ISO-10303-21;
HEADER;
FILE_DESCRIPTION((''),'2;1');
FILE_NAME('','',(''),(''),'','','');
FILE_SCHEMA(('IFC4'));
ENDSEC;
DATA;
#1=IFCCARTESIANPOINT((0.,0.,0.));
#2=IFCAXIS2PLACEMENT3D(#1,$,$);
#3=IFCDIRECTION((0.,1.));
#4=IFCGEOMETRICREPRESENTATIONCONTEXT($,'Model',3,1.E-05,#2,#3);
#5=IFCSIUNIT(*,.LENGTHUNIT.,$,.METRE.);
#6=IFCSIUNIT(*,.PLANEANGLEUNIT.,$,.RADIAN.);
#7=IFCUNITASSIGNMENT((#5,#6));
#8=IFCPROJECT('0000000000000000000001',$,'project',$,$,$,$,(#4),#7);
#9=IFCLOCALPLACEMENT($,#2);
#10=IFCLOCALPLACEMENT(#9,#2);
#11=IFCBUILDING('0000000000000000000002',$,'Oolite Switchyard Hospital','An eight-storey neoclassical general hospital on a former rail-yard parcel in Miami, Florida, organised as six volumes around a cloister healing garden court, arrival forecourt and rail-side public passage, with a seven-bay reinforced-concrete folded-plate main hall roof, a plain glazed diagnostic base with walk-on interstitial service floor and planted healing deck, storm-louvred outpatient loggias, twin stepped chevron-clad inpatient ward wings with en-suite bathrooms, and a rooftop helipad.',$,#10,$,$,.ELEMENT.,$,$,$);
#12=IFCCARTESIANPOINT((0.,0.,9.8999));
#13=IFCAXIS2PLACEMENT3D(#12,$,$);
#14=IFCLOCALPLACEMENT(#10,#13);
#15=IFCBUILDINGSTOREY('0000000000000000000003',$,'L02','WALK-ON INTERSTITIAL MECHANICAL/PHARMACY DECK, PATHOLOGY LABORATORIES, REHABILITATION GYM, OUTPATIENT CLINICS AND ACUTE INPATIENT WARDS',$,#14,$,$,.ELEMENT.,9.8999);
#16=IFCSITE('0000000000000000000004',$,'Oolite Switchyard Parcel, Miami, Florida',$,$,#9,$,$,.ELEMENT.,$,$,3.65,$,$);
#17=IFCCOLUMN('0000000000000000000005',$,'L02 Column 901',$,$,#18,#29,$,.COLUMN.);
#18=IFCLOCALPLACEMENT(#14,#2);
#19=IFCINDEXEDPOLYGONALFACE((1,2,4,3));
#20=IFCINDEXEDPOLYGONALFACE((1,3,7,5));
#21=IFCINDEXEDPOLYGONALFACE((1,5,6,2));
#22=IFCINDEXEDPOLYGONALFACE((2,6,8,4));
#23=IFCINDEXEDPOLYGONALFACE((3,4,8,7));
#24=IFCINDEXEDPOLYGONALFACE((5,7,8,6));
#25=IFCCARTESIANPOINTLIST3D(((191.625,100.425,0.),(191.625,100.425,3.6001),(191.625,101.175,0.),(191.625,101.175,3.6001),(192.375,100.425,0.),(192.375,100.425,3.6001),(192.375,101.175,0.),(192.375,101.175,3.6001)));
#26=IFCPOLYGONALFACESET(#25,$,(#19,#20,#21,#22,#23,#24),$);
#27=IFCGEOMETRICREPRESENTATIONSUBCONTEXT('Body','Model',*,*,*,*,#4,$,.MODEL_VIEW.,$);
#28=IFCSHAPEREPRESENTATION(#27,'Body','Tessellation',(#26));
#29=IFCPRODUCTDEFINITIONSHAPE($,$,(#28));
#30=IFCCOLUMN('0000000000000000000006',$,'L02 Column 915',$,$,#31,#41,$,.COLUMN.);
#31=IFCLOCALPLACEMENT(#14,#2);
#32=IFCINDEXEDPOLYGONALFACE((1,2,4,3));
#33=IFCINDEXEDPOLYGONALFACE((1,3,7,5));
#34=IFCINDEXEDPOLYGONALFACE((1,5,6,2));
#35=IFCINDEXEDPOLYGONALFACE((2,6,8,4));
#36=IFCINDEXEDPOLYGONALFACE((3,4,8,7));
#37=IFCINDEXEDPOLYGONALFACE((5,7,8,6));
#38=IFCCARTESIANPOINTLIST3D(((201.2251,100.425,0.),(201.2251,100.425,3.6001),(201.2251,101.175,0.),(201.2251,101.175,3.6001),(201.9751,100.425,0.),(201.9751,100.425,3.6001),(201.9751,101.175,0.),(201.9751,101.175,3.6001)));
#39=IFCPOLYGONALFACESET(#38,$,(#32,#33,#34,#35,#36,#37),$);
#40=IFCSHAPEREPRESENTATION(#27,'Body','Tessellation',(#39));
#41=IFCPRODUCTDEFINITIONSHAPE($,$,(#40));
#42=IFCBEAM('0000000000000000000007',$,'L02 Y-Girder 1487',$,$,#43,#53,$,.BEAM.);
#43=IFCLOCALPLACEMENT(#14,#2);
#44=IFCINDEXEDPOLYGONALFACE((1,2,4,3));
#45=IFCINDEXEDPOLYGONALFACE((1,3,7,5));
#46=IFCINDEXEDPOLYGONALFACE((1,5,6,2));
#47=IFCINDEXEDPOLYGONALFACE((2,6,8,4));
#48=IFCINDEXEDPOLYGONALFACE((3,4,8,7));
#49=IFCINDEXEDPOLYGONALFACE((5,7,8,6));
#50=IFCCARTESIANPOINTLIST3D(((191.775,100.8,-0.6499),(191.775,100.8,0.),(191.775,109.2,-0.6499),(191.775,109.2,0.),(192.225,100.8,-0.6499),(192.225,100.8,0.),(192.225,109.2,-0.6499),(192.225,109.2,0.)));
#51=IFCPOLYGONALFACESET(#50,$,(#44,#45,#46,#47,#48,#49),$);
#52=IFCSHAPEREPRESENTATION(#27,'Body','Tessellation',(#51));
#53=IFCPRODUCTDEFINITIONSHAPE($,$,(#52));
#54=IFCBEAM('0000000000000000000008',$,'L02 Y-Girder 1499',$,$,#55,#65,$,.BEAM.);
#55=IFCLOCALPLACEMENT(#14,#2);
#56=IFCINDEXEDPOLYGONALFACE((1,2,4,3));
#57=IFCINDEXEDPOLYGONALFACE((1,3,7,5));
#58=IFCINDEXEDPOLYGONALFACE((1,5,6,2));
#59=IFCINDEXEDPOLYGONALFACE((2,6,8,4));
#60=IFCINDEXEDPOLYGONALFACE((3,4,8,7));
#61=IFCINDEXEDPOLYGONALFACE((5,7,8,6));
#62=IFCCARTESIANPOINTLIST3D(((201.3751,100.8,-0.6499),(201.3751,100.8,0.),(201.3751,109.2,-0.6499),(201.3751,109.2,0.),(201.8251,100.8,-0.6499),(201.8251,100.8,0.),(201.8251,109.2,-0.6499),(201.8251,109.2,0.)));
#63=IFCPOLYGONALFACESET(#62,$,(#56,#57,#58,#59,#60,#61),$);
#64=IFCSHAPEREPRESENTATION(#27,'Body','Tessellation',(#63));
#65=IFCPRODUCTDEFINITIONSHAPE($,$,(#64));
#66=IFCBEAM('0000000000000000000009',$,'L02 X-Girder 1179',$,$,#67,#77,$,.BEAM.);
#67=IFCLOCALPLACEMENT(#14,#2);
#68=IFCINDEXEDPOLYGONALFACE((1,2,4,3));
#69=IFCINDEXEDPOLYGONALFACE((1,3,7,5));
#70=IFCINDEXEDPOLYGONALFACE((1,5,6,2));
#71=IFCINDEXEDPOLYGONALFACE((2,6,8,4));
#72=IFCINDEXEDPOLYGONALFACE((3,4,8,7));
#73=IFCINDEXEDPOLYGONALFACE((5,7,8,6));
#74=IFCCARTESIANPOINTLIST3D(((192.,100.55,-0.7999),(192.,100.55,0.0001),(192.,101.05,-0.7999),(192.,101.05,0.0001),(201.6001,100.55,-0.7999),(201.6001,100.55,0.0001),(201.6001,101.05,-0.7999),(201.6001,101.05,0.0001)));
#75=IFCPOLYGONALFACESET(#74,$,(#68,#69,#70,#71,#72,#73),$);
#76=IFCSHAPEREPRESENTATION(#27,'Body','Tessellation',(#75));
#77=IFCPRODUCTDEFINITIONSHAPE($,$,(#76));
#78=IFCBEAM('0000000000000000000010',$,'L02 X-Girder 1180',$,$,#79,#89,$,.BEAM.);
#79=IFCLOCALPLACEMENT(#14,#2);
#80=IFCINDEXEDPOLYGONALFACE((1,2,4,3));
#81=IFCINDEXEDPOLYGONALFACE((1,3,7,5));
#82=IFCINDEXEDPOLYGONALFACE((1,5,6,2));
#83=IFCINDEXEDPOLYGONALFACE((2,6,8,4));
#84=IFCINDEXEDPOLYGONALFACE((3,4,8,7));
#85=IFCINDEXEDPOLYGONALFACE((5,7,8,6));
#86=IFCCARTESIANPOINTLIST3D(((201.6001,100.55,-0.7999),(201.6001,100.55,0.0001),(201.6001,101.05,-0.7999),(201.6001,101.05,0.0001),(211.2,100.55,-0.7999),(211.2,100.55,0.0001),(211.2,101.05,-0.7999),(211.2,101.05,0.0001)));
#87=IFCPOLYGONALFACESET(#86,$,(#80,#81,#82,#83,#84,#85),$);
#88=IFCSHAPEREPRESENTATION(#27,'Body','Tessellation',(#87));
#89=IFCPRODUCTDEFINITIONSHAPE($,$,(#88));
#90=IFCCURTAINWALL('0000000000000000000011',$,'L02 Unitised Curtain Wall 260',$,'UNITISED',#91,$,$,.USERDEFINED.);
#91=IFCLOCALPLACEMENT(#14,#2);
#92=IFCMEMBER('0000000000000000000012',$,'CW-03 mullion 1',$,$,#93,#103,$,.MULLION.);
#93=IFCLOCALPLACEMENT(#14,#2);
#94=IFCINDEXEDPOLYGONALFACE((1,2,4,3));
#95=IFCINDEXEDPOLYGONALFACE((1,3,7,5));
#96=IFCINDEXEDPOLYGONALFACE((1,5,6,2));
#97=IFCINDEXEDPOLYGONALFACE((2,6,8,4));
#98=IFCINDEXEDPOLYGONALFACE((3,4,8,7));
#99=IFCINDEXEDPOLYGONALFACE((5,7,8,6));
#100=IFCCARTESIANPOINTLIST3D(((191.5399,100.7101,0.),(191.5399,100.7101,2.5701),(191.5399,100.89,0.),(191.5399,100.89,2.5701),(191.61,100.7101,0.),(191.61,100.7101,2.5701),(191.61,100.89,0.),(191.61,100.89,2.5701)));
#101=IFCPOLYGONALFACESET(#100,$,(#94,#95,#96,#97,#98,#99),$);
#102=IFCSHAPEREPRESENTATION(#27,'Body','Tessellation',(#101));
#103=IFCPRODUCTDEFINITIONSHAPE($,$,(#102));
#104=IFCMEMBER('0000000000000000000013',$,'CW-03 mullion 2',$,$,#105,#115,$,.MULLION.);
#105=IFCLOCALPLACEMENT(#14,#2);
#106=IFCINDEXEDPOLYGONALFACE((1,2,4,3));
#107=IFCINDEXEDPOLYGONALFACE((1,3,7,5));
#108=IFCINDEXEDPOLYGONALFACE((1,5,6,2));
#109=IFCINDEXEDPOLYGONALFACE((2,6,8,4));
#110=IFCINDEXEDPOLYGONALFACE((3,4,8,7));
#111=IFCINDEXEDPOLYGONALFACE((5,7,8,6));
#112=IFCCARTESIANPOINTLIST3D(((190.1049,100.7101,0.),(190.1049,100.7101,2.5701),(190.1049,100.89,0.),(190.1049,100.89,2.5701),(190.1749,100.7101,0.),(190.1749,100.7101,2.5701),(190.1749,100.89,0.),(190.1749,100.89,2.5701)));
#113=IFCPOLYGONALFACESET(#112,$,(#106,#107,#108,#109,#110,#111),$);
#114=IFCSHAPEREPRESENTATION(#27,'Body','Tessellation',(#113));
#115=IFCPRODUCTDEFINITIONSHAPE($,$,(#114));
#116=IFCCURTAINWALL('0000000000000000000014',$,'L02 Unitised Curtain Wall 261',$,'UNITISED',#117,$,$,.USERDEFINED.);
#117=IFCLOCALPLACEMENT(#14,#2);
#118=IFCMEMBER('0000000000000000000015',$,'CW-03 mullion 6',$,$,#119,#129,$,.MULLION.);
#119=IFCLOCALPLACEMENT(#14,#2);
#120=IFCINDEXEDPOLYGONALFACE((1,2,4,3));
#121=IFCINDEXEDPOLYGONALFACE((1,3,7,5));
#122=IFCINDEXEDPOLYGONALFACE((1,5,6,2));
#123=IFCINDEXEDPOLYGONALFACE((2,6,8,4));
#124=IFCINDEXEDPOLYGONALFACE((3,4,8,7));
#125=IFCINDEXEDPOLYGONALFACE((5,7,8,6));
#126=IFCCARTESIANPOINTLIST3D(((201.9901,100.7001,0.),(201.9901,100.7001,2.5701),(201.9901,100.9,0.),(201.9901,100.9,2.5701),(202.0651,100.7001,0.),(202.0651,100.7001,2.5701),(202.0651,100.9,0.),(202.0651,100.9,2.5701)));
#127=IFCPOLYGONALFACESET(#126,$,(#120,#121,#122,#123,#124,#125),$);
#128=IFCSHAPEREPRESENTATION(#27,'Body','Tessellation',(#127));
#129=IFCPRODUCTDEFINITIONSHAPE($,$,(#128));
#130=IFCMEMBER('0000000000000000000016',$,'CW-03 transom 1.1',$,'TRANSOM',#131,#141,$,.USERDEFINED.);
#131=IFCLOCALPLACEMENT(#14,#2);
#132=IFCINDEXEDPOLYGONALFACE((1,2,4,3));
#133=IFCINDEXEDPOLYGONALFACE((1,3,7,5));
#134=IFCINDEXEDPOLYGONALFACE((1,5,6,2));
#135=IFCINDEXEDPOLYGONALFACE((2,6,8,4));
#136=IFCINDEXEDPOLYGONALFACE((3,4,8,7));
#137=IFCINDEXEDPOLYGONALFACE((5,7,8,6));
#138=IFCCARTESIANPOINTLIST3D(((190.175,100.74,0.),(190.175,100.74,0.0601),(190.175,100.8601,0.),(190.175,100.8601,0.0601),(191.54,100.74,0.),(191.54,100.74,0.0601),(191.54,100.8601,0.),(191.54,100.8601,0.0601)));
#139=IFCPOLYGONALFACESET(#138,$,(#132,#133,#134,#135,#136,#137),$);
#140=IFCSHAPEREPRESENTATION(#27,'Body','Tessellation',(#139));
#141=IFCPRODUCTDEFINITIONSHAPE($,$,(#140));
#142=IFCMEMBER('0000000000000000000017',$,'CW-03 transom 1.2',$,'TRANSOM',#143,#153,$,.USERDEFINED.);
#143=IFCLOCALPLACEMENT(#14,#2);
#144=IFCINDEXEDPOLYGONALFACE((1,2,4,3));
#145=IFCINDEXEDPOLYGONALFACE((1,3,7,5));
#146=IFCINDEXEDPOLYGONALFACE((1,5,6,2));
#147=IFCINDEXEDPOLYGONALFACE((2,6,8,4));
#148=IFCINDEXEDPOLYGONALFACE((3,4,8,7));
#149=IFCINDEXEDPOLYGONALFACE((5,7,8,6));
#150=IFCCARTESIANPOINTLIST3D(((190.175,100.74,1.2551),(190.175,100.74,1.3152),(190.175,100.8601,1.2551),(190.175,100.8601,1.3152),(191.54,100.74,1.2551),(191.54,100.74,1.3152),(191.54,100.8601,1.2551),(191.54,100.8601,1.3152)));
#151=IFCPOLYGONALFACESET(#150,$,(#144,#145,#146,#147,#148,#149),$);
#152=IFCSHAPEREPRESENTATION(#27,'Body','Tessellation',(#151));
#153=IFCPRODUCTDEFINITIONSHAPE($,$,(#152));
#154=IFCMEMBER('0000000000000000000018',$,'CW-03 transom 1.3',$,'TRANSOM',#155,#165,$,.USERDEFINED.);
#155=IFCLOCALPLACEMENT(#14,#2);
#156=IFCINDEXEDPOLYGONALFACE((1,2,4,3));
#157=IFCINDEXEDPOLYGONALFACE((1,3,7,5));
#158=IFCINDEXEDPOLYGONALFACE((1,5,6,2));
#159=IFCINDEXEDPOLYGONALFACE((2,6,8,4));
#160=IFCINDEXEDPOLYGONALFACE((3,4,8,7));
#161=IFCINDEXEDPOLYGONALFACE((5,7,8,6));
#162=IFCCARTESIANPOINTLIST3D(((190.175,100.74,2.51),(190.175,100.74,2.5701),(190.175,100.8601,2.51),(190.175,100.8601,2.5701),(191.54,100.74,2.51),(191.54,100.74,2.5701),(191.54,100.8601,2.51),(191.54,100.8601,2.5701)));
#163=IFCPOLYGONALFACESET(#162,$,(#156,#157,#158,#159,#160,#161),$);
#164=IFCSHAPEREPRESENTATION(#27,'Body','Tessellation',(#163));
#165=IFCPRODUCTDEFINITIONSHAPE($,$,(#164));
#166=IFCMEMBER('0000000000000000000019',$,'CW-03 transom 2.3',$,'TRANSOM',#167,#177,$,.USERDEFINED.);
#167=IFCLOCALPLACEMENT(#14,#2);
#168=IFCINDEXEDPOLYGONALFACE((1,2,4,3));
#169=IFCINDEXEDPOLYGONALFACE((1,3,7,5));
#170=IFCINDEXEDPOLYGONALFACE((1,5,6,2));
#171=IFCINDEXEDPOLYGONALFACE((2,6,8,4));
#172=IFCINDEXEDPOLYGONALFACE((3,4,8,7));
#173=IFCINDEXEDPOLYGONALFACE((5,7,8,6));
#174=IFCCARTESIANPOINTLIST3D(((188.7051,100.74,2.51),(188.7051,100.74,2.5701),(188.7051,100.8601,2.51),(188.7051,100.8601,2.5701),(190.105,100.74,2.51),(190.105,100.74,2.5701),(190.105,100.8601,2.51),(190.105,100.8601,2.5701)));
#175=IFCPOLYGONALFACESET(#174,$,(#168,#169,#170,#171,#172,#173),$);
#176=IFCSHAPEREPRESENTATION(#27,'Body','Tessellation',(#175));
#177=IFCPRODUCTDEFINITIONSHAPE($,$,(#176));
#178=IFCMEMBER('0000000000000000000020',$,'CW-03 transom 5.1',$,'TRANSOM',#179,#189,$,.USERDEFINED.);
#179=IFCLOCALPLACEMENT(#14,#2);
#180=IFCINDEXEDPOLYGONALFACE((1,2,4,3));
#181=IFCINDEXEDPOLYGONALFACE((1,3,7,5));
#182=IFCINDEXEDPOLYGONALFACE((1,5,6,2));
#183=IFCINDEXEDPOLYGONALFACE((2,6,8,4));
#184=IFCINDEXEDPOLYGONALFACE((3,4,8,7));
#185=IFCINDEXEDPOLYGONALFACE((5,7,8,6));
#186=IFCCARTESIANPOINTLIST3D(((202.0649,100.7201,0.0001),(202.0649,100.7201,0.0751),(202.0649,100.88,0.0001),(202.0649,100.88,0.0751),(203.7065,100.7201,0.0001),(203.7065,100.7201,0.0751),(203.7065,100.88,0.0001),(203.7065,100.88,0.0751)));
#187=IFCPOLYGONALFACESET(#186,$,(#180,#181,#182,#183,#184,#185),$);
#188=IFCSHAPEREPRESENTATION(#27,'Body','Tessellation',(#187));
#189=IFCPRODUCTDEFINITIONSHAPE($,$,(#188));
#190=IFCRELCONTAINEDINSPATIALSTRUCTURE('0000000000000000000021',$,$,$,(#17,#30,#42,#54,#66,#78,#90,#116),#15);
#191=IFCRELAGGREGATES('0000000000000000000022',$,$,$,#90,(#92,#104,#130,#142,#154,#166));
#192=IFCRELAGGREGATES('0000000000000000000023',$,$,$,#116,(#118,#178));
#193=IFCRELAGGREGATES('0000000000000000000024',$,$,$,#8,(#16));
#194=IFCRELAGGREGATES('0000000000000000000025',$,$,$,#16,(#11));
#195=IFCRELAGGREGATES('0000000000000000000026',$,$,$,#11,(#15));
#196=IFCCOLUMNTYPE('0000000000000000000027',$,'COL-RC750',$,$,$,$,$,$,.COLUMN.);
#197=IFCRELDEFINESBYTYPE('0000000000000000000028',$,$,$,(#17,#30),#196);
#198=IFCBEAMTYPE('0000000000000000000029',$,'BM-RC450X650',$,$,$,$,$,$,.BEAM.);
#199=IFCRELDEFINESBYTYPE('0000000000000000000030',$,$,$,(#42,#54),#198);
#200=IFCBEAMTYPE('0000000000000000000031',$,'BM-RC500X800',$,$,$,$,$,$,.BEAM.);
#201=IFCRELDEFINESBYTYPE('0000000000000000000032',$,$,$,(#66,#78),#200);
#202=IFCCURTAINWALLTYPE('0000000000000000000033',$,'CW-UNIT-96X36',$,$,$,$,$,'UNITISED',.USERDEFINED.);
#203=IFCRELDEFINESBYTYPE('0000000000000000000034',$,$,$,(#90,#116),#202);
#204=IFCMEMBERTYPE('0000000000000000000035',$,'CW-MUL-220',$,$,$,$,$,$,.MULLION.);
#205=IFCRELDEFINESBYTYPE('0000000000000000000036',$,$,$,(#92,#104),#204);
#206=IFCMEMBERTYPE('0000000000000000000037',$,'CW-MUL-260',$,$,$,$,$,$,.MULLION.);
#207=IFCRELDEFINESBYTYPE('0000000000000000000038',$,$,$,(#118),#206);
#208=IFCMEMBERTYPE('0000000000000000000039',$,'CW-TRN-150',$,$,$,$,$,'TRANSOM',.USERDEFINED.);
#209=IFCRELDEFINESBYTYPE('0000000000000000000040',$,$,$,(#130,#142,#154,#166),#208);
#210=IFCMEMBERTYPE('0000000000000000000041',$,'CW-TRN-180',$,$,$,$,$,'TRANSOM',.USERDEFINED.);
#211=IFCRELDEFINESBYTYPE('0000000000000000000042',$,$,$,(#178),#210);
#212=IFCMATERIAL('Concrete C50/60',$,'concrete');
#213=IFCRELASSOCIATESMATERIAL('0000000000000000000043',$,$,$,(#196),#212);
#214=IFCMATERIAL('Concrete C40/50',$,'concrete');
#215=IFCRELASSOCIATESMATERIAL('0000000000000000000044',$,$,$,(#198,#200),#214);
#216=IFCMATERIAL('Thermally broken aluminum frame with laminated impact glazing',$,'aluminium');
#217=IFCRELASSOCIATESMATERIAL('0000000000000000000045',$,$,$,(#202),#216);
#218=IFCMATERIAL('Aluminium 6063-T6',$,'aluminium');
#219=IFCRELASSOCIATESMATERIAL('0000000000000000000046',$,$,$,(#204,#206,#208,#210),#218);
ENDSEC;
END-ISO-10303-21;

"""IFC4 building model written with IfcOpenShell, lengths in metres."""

from ifc_helpers import new_model, si_unit, direction, frame, origin, origin_2d, place, context, subcontext, project, spatial, rectangle, extrude, material, material_profile, profile_set, type_object, element, aggregate, save


model = new_model("IFC4")

# Units and contexts
model_context = context("Model", 3, precision=1e-05, world=origin(), true_north=direction((0.0, 1.0)))
body_context = subcontext(model_context, "Body", "Model", "MODEL_VIEW")
ifc_project = project(units=[si_unit("LENGTHUNIT", "METRE"), si_unit("PLANEANGLEUNIT", "RADIAN")], contexts=[model_context])

# Site, building, storey
site_placement = place(None, origin())
site = spatial("IfcSite", under=ifc_project, at=site_placement, Name="Oolite Switchyard Parcel, Miami, Florida", CompositionType="ELEMENT", RefElevation=3.65)
building_placement = place(site_placement, origin())
building = spatial("IfcBuilding", under=site, at=building_placement, Name="Oolite Switchyard Hospital", Description="An eight-storey neoclassical general hospital on a former rail-yard parcel in Miami, Florida, organised as six volumes around a cloister healing garden court, arrival forecourt and rail-side public passage, with a seven-bay reinforced-concrete folded-plate main hall roof, a plain glazed diagnostic base with walk-on interstitial service floor and planted healing deck, storm-louvred outpatient loggias, twin stepped chevron-clad inpatient ward wings with en-suite bathrooms, and a rooftop helipad.", CompositionType="ELEMENT")
storey_placement = place(building_placement, frame((0.0, 0.0, 9.8999)))
storey = spatial("IfcBuildingStorey", under=building, at=storey_placement, Name="L02", Description="WALK-ON INTERSTITIAL MECHANICAL/PHARMACY DECK, PATHOLOGY LABORATORIES, REHABILITATION GYM, OUTPATIENT CLINICS AND ACUTE INPATIENT WARDS", CompositionType="ELEMENT", Elevation=9.8999)

# Columns
ifc_material_1 = material(Name="Concrete C50/60", Category="concrete")
ifc_material_profile_1 = material_profile(ifc_material_1, rectangle(XDim=0.75, YDim=0.75, at=origin_2d()), Name="RC750X750")
ifc_profile_set_1 = profile_set([ifc_material_profile_1], Name="Concrete C50/60")
column_type = type_object("IfcColumnType", Name="COL-RC750", PredefinedType="COLUMN", material=ifc_profile_set_1)
for number, where, z_axis, x_axis, name in (
    (1, (192.0, 100.8, 0.0), (0.0, 0.0, 1.0), (1.0, 0.0, 0.0), "L02 Column 901"),
    (2, (201.6001, 100.8, 0.0), (0.0, 0.0, 1.0), (1.0, 0.0, 0.0), "L02 Column 915"),
):
    element("IfcColumn", number, at=place(storey_placement, frame(where, z_axis=z_axis, x_axis=x_axis)), inside=storey, type_object=column_type, Name=name, PredefinedType="COLUMN", context=body_context, shape_type="SweptSolid", body=[
        extrude(rectangle(XDim=0.75, YDim=0.75, at=origin_2d()), origin(), (0.0, 0.0, 1.0), 3.6001),
    ])

# Beams
ifc_material_2 = material(Name="Concrete C40/50", Category="concrete")
ifc_material_profile_2 = material_profile(ifc_material_2, rectangle(XDim=0.45, YDim=0.6499, at=origin_2d()), Name="RCB450X650")
ifc_profile_set_2 = profile_set([ifc_material_profile_2], Name="Concrete C40/50")
beam_type_1 = type_object("IfcBeamType", Name="BM-RC450X650", PredefinedType="BEAM", material=ifc_profile_set_2)
for number, where, z_axis, x_axis, name in (
    (3, (192.0, 100.8, -0.325), (0.0, 1.0, 0.0), (-1.0, 0.0, 0.0), "L02 Y-Girder 1487"),
    (4, (201.6001, 100.8, -0.325), (0.0, 1.0, 0.0), (-1.0, 0.0, 0.0), "L02 Y-Girder 1499"),
):
    element("IfcBeam", number, at=place(storey_placement, frame(where, z_axis=z_axis, x_axis=x_axis)), inside=storey, type_object=beam_type_1, Name=name, PredefinedType="BEAM", context=body_context, shape_type="SweptSolid", body=[
        extrude(rectangle(XDim=0.45, YDim=0.6499, at=origin_2d()), origin(), (0.0, 0.0, 1.0), 8.3999),
    ])
ifc_material_profile_3 = material_profile(ifc_material_2, rectangle(XDim=0.5, YDim=0.8, at=origin_2d()), Name="RCB500X800")
ifc_profile_set_3 = profile_set([ifc_material_profile_3], Name="Concrete C40/50")
beam_type_2 = type_object("IfcBeamType", Name="BM-RC500X800", PredefinedType="BEAM", material=ifc_profile_set_3)
beam_1_placement = place(storey_placement, frame((192.0, 100.8, -0.3999), z_axis=(1.0, 0.0, 0.0), x_axis=(0.0, 1.0, 0.0)))
element("IfcBeam", 5, at=beam_1_placement, inside=storey, type_object=beam_type_2, Name="L02 X-Girder 1179", PredefinedType="BEAM", context=body_context, shape_type="SweptSolid", body=[
    extrude(rectangle(XDim=0.5, YDim=0.8, at=origin_2d()), origin(), (0.0, 0.0, 1.0), 9.6001),
])
beam_2_placement = place(storey_placement, frame((201.6001, 100.8, -0.3999), z_axis=(1.0, 0.0, 0.0), x_axis=(0.0, 1.0, 0.0)))
element("IfcBeam", 6, at=beam_2_placement, inside=storey, type_object=beam_type_2, Name="L02 X-Girder 1180", PredefinedType="BEAM", context=body_context, shape_type="SweptSolid", body=[
    extrude(rectangle(XDim=0.5, YDim=0.8, at=origin_2d()), origin(), (0.0, 0.0, 1.0), 9.5999),
])

# Curtain wall, members
ifc_material_3 = material(Name="Thermally broken aluminum frame with laminated impact glazing", Category="aluminium")
curtain_wall_type = type_object("IfcCurtainWallType", Name="CW-UNIT-96X36", ElementType="UNITISED", PredefinedType="USERDEFINED", material=ifc_material_3)
curtain_wall_1_placement = place(storey_placement, origin())
curtain_wall_1 = element("IfcCurtainWall", 7, at=curtain_wall_1_placement, inside=storey, type_object=curtain_wall_type, Name="L02 Unitised Curtain Wall 260", ObjectType="UNITISED", PredefinedType="USERDEFINED")
ifc_material_4 = material(Name="Aluminium 6063-T6", Category="aluminium")
ifc_material_profile_4 = material_profile(ifc_material_4, rectangle(XDim=0.1799, YDim=0.0701, at=origin_2d()), Name="CWM70X180")
ifc_profile_set_4 = profile_set([ifc_material_profile_4], Name="Aluminium 6063-T6")
member_type_1 = type_object("IfcMemberType", Name="CW-MUL-220", PredefinedType="MULLION", material=ifc_profile_set_4)
member_1_placement = place(storey_placement, frame((191.575, 100.8, 0.0), z_axis=(0.0, 0.0, 1.0), x_axis=(0.0, -1.0, 0.0)))
member_1 = element("IfcMember", 8, at=member_1_placement, type_object=member_type_1, Name="CW-03 mullion 1", PredefinedType="MULLION", context=body_context, shape_type="SweptSolid", body=[
    extrude(rectangle(XDim=0.1799, YDim=0.0701, at=origin_2d()), origin(), (0.0, 0.0, 1.0), 2.5701),
])
member_2_placement = place(storey_placement, frame((190.1399, 100.8, 0.0), z_axis=(0.0, 0.0, 1.0), x_axis=(0.0, -1.0, 0.0)))
member_2 = element("IfcMember", 9, at=member_2_placement, type_object=member_type_1, Name="CW-03 mullion 2", PredefinedType="MULLION", context=body_context, shape_type="SweptSolid", body=[
    extrude(rectangle(XDim=0.1799, YDim=0.0701, at=origin_2d()), origin(), (0.0, 0.0, 1.0), 2.5701),
])

# Curtain wall, member
curtain_wall_2_placement = place(storey_placement, origin())
curtain_wall_2 = element("IfcCurtainWall", 10, at=curtain_wall_2_placement, inside=storey, type_object=curtain_wall_type, Name="L02 Unitised Curtain Wall 261", ObjectType="UNITISED", PredefinedType="USERDEFINED")
ifc_material_profile_5 = material_profile(ifc_material_4, rectangle(XDim=0.2, YDim=0.075, at=origin_2d()), Name="CWM75X200")
ifc_profile_set_5 = profile_set([ifc_material_profile_5], Name="Aluminium 6063-T6")
member_type_2 = type_object("IfcMemberType", Name="CW-MUL-260", PredefinedType="MULLION", material=ifc_profile_set_5)
member_3_placement = place(storey_placement, frame((202.0276, 100.8, 0.0), z_axis=(0.0, 0.0, 1.0), x_axis=(0.0, -1.0, 0.0)))
member_3 = element("IfcMember", 11, at=member_3_placement, type_object=member_type_2, Name="CW-03 mullion 6", PredefinedType="MULLION", context=body_context, shape_type="SweptSolid", body=[
    extrude(rectangle(XDim=0.2, YDim=0.075, at=origin_2d()), origin(), (0.0, 0.0, 1.0), 2.5701),
])

# Members
ifc_material_profile_6 = material_profile(ifc_material_4, rectangle(XDim=0.1201, YDim=0.0601, at=origin_2d()), Name="CWT60X120")
ifc_profile_set_6 = profile_set([ifc_material_profile_6], Name="Aluminium 6063-T6")
member_type_3 = type_object("IfcMemberType", Name="CW-TRN-150", ElementType="TRANSOM", PredefinedType="USERDEFINED", material=ifc_profile_set_6)
member_4_placement = place(storey_placement, frame((191.54, 100.8, 0.03), z_axis=(-1.0, 0.0, 0.0), x_axis=(0.0, -1.0, 0.0)))
member_4 = element("IfcMember", 12, at=member_4_placement, type_object=member_type_3, Name="CW-03 transom 1.1", ObjectType="TRANSOM", PredefinedType="USERDEFINED", context=body_context, shape_type="SweptSolid", body=[
    extrude(rectangle(XDim=0.1201, YDim=0.0601, at=origin_2d()), origin(), (0.0, 0.0, 1.0), 1.365),
])
member_5_placement = place(storey_placement, frame((191.54, 100.8, 1.2852), z_axis=(-1.0, 0.0, 0.0), x_axis=(0.0, -1.0, 0.0)))
member_5 = element("IfcMember", 13, at=member_5_placement, type_object=member_type_3, Name="CW-03 transom 1.2", ObjectType="TRANSOM", PredefinedType="USERDEFINED", context=body_context, shape_type="SweptSolid", body=[
    extrude(rectangle(XDim=0.1201, YDim=0.0601, at=origin_2d()), origin(), (0.0, 0.0, 1.0), 1.365),
])
member_6_placement = place(storey_placement, frame((191.54, 100.8, 2.54), z_axis=(-1.0, 0.0, 0.0), x_axis=(0.0, -1.0, 0.0)))
member_6 = element("IfcMember", 14, at=member_6_placement, type_object=member_type_3, Name="CW-03 transom 1.3", ObjectType="TRANSOM", PredefinedType="USERDEFINED", context=body_context, shape_type="SweptSolid", body=[
    extrude(rectangle(XDim=0.1201, YDim=0.0601, at=origin_2d()), origin(), (0.0, 0.0, 1.0), 1.365),
])
member_7_placement = place(storey_placement, frame((190.105, 100.8, 2.54), z_axis=(-1.0, 0.0, 0.0), x_axis=(0.0, -1.0, 0.0)))
member_7 = element("IfcMember", 15, at=member_7_placement, type_object=member_type_3, Name="CW-03 transom 2.3", ObjectType="TRANSOM", PredefinedType="USERDEFINED", context=body_context, shape_type="SweptSolid", body=[
    extrude(rectangle(XDim=0.1201, YDim=0.0601, at=origin_2d()), origin(), (0.0, 0.0, 1.0), 1.3999),
])
ifc_material_profile_7 = material_profile(ifc_material_4, rectangle(XDim=0.1599, YDim=0.075, at=origin_2d()), Name="CWT75X160")
ifc_profile_set_7 = profile_set([ifc_material_profile_7], Name="Aluminium 6063-T6")
member_type_4 = type_object("IfcMemberType", Name="CW-TRN-180", ElementType="TRANSOM", PredefinedType="USERDEFINED", material=ifc_profile_set_7)
member_8_placement = place(storey_placement, frame((203.7065, 100.8, 0.0376), z_axis=(-1.0, 0.0, 0.0), x_axis=(0.0, -1.0, 0.0)))
member_8 = element("IfcMember", 16, at=member_8_placement, type_object=member_type_4, Name="CW-03 transom 5.1", ObjectType="TRANSOM", PredefinedType="USERDEFINED", context=body_context, shape_type="SweptSolid", body=[
    extrude(rectangle(XDim=0.1599, YDim=0.075, at=origin_2d()), origin(), (0.0, 0.0, 1.0), 1.6416),
])

aggregate(curtain_wall_1, [member_1, member_2, member_4, member_5, member_6, member_7])
aggregate(curtain_wall_2, [member_3, member_8])

save(model, "model.ifc")
